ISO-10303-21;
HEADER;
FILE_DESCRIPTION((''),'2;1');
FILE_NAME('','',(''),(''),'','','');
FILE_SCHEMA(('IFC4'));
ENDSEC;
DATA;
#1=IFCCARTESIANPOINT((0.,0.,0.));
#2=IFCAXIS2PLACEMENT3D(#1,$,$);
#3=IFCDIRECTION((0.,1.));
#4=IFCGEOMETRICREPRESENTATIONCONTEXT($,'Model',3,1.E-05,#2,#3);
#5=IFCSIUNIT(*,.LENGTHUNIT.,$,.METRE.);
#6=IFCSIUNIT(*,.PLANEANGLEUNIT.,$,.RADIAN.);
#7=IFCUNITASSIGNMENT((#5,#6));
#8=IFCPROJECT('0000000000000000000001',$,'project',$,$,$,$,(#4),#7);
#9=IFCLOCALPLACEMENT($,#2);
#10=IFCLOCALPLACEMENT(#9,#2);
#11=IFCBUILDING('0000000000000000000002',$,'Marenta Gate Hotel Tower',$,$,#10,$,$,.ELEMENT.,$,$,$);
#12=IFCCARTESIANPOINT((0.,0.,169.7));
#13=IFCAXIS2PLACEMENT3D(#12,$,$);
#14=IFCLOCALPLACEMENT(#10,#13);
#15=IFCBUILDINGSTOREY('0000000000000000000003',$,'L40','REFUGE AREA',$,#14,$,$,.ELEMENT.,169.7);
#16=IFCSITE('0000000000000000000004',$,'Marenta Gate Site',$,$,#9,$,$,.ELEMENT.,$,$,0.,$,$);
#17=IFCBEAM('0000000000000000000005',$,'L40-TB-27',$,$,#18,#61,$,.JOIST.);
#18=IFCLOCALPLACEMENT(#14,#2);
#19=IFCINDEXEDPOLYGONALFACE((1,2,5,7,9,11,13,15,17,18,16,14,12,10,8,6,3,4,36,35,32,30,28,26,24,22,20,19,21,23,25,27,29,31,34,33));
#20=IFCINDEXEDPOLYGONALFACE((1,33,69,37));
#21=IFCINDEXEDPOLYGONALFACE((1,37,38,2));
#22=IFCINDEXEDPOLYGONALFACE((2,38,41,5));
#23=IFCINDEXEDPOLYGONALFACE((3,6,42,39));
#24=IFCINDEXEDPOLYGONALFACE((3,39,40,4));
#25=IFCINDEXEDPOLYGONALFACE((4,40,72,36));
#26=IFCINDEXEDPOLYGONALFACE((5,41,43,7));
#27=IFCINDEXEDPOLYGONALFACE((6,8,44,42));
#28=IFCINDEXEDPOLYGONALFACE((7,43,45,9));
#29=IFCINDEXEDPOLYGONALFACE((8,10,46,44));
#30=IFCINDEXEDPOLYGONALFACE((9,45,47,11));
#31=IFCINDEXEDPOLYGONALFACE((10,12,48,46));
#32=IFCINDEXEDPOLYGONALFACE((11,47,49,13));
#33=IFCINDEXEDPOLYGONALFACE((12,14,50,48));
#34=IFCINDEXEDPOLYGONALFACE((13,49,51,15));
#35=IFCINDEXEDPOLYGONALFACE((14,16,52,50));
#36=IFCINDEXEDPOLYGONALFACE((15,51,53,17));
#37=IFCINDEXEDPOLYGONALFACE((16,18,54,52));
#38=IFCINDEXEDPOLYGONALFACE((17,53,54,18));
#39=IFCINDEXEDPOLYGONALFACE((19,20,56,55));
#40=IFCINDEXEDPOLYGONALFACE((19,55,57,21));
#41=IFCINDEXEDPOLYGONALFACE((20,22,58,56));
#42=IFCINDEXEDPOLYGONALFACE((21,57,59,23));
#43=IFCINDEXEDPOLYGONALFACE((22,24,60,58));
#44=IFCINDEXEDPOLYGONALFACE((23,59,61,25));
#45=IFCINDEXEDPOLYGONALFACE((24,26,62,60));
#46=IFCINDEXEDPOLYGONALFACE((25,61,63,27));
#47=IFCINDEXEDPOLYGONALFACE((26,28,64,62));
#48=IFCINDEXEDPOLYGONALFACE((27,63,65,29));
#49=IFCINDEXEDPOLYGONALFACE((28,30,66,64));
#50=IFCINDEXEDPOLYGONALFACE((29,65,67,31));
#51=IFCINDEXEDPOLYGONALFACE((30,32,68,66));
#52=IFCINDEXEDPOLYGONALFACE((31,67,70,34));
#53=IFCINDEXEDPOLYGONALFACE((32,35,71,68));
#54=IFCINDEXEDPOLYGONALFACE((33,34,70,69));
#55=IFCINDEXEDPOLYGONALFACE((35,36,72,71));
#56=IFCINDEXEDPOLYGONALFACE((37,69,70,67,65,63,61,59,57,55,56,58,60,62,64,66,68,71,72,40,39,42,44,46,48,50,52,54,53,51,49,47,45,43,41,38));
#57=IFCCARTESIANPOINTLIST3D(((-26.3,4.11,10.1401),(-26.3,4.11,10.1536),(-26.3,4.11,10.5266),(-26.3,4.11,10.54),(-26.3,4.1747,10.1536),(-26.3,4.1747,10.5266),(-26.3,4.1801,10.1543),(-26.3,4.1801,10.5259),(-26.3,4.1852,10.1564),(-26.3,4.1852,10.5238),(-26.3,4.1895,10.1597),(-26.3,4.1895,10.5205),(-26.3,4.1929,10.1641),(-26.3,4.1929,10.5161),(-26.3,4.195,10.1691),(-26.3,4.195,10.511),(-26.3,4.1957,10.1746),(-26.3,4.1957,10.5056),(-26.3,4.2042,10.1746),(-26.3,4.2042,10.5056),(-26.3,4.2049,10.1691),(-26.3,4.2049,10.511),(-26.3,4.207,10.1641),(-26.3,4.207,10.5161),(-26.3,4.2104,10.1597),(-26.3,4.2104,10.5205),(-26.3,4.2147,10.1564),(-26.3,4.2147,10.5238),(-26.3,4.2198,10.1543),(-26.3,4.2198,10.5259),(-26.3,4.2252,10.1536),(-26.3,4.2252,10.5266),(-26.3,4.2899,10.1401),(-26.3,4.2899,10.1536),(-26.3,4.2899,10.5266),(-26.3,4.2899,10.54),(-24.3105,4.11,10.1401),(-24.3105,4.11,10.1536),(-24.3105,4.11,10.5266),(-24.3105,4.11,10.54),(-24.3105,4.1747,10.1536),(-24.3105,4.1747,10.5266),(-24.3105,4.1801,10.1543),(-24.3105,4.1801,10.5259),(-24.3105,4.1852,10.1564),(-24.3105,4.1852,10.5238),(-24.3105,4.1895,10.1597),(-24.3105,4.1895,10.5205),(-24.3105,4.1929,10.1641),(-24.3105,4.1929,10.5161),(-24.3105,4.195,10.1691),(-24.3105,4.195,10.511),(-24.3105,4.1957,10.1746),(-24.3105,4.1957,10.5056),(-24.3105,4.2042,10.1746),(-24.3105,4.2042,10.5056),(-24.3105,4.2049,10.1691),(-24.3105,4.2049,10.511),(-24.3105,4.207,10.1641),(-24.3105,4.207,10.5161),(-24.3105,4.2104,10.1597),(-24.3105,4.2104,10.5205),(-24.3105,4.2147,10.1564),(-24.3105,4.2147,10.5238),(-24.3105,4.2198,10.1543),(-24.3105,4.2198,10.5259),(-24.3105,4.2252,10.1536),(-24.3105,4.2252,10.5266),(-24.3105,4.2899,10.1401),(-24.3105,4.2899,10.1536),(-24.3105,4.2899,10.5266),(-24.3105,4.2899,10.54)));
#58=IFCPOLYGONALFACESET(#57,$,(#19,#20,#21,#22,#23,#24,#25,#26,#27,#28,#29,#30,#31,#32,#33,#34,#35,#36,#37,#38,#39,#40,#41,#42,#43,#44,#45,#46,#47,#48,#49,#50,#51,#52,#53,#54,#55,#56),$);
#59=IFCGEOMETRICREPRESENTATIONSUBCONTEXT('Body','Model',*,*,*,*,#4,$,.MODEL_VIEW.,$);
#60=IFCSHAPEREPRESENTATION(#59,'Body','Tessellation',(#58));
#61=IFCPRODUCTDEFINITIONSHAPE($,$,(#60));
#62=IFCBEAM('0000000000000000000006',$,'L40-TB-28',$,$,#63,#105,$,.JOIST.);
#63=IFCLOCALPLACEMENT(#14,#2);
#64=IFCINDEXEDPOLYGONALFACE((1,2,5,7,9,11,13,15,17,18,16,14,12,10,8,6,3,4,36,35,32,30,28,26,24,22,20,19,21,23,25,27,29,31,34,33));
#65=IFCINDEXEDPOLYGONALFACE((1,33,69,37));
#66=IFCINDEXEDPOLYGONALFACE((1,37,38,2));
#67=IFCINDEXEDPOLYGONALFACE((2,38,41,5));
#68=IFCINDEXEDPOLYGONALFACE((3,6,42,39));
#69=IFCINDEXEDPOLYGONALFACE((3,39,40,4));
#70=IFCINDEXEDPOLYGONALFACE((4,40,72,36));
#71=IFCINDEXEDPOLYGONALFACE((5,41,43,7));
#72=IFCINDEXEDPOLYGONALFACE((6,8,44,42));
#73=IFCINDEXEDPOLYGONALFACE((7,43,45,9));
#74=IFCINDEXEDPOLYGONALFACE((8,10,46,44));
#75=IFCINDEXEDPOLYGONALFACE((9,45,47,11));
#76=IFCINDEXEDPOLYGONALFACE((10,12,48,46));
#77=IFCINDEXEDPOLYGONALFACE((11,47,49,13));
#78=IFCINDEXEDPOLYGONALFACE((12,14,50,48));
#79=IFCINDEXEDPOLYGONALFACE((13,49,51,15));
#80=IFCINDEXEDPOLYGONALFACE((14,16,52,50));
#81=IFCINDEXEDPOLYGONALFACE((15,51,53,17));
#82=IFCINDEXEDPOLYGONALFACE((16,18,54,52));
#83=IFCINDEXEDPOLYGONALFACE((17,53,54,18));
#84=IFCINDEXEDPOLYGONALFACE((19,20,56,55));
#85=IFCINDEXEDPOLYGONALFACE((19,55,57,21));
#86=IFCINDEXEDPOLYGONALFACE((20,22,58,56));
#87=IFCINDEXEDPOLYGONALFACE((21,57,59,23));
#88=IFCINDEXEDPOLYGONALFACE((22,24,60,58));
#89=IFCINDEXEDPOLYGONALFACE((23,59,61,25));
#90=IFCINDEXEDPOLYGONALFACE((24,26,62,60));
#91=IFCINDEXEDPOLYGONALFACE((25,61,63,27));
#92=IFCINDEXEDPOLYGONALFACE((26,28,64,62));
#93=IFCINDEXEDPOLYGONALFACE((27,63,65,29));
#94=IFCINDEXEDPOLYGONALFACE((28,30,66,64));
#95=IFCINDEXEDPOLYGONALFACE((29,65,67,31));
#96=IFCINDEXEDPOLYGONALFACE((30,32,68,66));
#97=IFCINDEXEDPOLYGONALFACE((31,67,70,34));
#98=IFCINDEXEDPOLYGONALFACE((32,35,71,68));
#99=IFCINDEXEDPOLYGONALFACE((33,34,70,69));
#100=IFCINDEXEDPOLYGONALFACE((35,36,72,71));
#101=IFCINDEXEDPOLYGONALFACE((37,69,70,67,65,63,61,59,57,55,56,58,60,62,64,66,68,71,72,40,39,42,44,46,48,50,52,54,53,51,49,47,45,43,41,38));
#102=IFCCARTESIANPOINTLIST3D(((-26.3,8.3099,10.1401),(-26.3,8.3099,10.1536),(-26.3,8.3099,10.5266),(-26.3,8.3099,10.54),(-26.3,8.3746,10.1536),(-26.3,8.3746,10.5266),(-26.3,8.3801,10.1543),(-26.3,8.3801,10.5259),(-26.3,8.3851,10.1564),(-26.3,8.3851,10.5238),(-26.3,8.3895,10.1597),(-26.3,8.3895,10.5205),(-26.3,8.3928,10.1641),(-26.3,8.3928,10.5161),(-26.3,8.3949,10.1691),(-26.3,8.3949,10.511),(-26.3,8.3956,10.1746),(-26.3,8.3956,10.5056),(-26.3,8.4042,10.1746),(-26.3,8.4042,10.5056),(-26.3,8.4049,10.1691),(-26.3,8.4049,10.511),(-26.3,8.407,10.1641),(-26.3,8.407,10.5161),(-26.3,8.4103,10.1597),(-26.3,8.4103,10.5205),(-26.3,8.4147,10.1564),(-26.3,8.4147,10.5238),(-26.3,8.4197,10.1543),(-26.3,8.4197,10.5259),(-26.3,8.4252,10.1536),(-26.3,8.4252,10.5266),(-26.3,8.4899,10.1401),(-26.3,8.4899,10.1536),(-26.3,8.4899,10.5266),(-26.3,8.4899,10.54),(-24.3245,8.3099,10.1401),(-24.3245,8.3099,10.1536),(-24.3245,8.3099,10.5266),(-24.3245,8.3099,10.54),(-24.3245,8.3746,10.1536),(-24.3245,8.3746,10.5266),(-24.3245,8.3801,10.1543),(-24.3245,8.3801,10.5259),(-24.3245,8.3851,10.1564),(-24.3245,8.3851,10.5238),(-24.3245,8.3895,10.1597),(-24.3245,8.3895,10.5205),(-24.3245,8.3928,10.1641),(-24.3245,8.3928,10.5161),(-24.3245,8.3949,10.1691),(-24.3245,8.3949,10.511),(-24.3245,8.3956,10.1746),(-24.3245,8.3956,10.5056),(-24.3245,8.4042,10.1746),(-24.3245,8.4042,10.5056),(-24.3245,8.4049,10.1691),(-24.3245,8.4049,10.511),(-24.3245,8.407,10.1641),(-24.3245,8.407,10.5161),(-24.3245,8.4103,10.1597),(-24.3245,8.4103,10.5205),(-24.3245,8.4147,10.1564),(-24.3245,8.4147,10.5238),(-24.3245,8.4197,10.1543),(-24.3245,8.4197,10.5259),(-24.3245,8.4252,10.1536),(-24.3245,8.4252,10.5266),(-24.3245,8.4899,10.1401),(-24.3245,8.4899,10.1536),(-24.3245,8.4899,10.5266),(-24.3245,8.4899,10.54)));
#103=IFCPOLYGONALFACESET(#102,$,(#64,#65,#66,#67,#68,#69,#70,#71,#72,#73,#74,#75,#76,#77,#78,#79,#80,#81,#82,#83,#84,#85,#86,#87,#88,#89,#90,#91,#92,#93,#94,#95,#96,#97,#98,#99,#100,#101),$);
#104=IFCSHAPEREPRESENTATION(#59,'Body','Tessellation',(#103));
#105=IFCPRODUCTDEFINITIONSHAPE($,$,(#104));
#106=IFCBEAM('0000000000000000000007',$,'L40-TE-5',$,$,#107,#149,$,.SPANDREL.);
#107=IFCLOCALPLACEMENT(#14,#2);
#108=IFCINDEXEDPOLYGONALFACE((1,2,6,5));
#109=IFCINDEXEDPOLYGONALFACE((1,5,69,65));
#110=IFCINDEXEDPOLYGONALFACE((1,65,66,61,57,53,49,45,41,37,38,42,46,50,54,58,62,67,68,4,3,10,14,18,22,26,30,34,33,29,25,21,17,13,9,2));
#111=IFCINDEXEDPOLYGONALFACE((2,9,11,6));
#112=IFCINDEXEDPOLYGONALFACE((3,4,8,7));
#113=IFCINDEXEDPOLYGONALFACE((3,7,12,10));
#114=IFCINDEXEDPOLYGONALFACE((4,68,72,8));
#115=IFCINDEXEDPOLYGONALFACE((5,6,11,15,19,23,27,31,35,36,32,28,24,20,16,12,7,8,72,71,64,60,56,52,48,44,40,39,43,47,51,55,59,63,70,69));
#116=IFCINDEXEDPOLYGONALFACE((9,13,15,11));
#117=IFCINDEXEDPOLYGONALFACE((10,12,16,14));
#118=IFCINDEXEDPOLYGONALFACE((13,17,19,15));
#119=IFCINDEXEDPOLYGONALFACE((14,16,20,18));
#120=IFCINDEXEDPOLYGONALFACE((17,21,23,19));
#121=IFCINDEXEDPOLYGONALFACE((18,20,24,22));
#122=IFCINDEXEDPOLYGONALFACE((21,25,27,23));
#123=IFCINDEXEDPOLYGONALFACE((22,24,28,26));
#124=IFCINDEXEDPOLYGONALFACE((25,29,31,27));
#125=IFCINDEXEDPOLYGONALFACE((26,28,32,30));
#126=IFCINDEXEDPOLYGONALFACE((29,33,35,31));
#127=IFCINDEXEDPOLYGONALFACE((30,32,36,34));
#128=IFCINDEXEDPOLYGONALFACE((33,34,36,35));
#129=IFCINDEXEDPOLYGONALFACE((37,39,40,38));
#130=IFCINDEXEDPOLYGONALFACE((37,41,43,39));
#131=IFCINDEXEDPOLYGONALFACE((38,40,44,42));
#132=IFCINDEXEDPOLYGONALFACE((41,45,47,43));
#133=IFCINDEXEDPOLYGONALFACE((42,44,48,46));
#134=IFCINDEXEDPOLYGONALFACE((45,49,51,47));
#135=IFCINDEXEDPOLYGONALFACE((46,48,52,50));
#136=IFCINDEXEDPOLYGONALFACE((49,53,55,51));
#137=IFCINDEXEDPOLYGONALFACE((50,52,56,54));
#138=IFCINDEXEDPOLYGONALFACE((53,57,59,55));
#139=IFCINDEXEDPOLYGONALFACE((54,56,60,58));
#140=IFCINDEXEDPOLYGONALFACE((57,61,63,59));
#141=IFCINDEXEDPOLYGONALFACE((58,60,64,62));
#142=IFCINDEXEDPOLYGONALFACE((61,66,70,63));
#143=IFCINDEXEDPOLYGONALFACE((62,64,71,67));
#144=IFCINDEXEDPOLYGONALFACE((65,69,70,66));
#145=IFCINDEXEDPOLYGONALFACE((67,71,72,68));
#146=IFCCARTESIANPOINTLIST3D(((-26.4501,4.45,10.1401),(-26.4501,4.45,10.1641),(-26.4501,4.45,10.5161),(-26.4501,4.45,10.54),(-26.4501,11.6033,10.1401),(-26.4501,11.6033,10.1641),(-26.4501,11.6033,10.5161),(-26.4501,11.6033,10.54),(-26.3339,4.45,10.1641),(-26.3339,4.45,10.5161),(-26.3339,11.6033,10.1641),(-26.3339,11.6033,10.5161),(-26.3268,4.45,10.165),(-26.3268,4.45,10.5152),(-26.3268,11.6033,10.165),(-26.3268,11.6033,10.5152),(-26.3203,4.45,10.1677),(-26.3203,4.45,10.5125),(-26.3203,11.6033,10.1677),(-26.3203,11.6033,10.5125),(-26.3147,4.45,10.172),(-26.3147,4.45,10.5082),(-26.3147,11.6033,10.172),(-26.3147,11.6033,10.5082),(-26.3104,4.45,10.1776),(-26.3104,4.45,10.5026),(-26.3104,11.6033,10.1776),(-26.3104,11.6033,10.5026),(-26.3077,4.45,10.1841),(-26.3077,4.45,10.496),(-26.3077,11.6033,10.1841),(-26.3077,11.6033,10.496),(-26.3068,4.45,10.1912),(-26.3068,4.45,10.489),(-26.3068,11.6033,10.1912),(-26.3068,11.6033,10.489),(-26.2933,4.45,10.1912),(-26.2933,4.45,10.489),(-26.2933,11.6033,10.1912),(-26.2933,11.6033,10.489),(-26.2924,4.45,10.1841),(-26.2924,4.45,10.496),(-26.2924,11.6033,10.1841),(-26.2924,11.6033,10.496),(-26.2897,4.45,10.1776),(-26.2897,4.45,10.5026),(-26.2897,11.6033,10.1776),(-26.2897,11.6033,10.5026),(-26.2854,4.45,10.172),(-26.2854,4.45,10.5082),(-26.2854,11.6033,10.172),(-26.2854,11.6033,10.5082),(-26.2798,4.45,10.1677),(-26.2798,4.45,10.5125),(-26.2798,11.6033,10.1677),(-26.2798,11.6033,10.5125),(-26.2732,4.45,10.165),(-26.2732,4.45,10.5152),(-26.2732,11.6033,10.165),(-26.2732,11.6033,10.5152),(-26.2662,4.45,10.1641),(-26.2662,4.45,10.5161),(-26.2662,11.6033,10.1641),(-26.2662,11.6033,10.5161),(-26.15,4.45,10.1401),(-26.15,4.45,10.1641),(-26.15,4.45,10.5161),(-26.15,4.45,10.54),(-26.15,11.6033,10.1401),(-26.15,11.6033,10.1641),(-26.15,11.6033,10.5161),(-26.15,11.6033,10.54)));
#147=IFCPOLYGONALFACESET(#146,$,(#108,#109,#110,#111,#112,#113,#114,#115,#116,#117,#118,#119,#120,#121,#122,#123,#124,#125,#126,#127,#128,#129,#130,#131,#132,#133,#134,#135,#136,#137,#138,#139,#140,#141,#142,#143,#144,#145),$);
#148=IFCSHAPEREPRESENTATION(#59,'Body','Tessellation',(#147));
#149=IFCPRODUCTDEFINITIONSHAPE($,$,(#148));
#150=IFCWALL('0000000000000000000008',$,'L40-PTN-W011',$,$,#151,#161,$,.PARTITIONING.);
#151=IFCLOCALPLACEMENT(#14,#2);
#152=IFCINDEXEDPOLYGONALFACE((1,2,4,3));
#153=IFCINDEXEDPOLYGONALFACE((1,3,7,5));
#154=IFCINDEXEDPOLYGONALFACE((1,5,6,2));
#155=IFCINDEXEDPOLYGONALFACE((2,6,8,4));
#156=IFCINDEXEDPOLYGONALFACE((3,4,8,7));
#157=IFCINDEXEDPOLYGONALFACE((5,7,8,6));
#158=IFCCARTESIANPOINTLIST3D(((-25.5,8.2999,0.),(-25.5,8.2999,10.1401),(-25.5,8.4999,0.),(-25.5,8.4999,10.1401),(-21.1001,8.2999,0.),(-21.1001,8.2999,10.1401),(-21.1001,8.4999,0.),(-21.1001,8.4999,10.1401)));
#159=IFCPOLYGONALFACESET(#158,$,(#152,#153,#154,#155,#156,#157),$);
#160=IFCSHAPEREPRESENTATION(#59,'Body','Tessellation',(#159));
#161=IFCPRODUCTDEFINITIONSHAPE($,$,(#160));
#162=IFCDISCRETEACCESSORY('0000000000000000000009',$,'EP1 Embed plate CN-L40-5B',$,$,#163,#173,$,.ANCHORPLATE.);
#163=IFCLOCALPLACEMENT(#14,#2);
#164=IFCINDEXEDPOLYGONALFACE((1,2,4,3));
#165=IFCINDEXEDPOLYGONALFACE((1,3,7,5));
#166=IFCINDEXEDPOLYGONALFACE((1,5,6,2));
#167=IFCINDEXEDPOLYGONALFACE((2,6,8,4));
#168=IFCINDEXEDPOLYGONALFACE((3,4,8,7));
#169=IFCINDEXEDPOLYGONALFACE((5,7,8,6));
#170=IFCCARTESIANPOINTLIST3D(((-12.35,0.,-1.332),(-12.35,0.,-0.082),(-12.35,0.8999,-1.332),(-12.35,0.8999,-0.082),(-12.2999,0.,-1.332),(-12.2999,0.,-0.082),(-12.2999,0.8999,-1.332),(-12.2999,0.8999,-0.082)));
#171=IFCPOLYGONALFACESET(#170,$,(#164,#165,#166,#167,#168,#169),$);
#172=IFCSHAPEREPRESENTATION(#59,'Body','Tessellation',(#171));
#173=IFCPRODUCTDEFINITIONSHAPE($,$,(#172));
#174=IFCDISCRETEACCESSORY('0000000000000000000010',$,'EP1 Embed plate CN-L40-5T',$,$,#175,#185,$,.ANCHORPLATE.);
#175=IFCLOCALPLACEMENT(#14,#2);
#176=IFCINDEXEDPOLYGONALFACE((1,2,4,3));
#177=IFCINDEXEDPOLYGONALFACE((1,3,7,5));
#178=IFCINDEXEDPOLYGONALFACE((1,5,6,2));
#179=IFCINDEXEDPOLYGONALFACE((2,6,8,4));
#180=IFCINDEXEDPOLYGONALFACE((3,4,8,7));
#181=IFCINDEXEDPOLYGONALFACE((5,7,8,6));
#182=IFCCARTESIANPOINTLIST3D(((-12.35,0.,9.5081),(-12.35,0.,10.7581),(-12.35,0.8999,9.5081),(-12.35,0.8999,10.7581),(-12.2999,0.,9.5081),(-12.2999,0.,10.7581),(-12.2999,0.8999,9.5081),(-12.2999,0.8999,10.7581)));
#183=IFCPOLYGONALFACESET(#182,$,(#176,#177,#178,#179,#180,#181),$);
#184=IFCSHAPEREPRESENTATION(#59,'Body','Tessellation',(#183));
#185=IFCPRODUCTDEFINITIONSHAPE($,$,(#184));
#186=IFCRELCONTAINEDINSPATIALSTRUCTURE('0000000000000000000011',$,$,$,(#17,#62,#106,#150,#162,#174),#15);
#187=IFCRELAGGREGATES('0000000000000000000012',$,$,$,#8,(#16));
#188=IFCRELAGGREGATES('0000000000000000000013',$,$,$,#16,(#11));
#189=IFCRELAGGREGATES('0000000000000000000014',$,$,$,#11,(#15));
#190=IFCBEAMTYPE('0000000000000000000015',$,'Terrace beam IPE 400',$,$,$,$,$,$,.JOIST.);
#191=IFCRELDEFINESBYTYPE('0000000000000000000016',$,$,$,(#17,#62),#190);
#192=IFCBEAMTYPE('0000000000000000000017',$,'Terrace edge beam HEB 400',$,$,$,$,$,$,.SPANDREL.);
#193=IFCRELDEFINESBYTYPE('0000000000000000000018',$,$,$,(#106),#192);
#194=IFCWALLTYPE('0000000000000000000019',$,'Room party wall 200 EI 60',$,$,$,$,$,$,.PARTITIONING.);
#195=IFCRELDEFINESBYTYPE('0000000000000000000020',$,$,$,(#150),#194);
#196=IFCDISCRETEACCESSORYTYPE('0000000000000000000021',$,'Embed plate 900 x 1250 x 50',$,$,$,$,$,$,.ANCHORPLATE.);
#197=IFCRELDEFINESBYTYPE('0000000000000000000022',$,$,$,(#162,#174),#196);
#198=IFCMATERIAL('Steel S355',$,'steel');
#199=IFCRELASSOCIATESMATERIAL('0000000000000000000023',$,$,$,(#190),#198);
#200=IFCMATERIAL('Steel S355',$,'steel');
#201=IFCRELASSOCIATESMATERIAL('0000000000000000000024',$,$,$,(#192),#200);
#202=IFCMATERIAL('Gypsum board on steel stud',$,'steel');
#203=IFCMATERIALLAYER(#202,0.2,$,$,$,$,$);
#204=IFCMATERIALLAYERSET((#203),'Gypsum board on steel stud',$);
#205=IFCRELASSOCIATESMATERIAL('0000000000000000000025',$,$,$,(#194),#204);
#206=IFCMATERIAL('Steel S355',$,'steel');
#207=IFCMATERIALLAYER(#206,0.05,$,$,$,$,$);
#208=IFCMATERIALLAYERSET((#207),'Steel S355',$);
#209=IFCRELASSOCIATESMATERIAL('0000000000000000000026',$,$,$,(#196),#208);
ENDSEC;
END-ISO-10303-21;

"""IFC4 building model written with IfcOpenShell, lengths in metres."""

from ifc_helpers import new_model, si_unit, direction, frame, frame_2d, origin, origin_2d, place, context, subcontext, project, spatial, rectangle, i_section, extrude, material, layer, layer_set, material_profile, profile_set, type_object, element, save


model = new_model("IFC4")

# Units and contexts
model_context = context("Model", 3, precision=1e-05, world=origin(), true_north=direction((0.0, 1.0)))
body_context = subcontext(model_context, "Body", "Model", "MODEL_VIEW")
ifc_project = project(units=[si_unit("LENGTHUNIT", "METRE"), si_unit("PLANEANGLEUNIT", "RADIAN")], contexts=[model_context])

# Site, building, storey
site_placement = place(None, origin())
site = spatial("IfcSite", under=ifc_project, at=site_placement, Name="Marenta Gate Site", CompositionType="ELEMENT", RefElevation=0.0)
building_placement = place(site_placement, origin())
building = spatial("IfcBuilding", under=site, at=building_placement, Name="Marenta Gate Hotel Tower", CompositionType="ELEMENT")
storey_placement = place(building_placement, frame((0.0, 0.0, 169.7)))
storey = spatial("IfcBuildingStorey", under=building, at=storey_placement, Name="L40", Description="REFUGE AREA", CompositionType="ELEMENT", Elevation=169.7)

# Beams
ifc_material_1 = material(Name="Steel S355", Category="steel")
ifc_material_profile_1 = material_profile(ifc_material_1, i_section(OverallWidth=0.1799, OverallDepth=0.3999, WebThickness=0.0085, FlangeThickness=0.0134, FilletRadius=0.021, at=origin_2d()), Name="IPE 400")
ifc_profile_set_1 = profile_set([ifc_material_profile_1], Name="Steel S355")
beam_type_1 = type_object("IfcBeamType", Name="Terrace beam IPE 400", PredefinedType="JOIST", material=ifc_profile_set_1)
beam_1_placement = place(storey_placement, frame((-26.3, 4.2, 10.3401), z_axis=(1.0, 0.0, 0.0), x_axis=(0.0, 1.0, 0.0)))
element("IfcBeam", 1, at=beam_1_placement, inside=storey, type_object=beam_type_1, Name="L40-TB-27", PredefinedType="JOIST", context=body_context, shape_type="SweptSolid", body=[
    extrude(i_section(OverallWidth=0.1799, OverallDepth=0.3999, WebThickness=0.0085, FlangeThickness=0.0134, FilletRadius=0.021, at=origin_2d()), origin(), (0.0, 0.0, 1.0), 1.9895),
])
beam_2_placement = place(storey_placement, frame((-26.3, 8.3999, 10.3401), z_axis=(1.0, 0.0, 0.0), x_axis=(0.0, 1.0, 0.0)))
element("IfcBeam", 2, at=beam_2_placement, inside=storey, type_object=beam_type_1, Name="L40-TB-28", PredefinedType="JOIST", context=body_context, shape_type="SweptSolid", body=[
    extrude(i_section(OverallWidth=0.1799, OverallDepth=0.3999, WebThickness=0.0085, FlangeThickness=0.0134, FilletRadius=0.021, at=origin_2d()), origin(), (0.0, 0.0, 1.0), 1.9756),
])
ifc_material_2 = material(Name="Steel S355", Category="steel")
ifc_material_profile_2 = material_profile(ifc_material_2, i_section(OverallWidth=0.3, OverallDepth=0.3999, WebThickness=0.0134, FlangeThickness=0.0239, FilletRadius=0.0271, at=origin_2d()), Name="HEB 400")
ifc_profile_set_2 = profile_set([ifc_material_profile_2], Name="Steel S355")
beam_type_2 = type_object("IfcBeamType", Name="Terrace edge beam HEB 400", PredefinedType="SPANDREL", material=ifc_profile_set_2)
beam_3_placement = place(storey_placement, frame((-26.3, 4.45, 10.3401), z_axis=(0.0, 1.0, 0.0), x_axis=(-1.0, 0.0, 0.0)))
element("IfcBeam", 3, at=beam_3_placement, inside=storey, type_object=beam_type_2, Name="L40-TE-5", PredefinedType="SPANDREL", context=body_context, shape_type="SweptSolid", body=[
    extrude(i_section(OverallWidth=0.3, OverallDepth=0.3999, WebThickness=0.0134, FlangeThickness=0.0239, FilletRadius=0.0271, at=origin_2d()), origin(), (0.0, 0.0, 1.0), 7.1533),
])

# Wall
ifc_material_3 = material(Name="Gypsum board on steel stud", Category="steel")
ifc_layer_1 = layer(ifc_material_3, 0.2)
ifc_layer_set_1 = layer_set([ifc_layer_1], Name="Gypsum board on steel stud")
wall_type_1 = type_object("IfcWallType", Name="Room party wall 200 EI 60", PredefinedType="PARTITIONING", material=ifc_layer_set_1)
wall_1_placement = place(storey_placement, frame((-25.5, 8.3999, 0.0), z_axis=(0.0, 0.0, 1.0), x_axis=(1.0, 0.0, 0.0)))
element("IfcWall", 4, at=wall_1_placement, inside=storey, type_object=wall_type_1, Name="L40-PTN-W011", PredefinedType="PARTITIONING", context=body_context, shape_type="SweptSolid", body=[
    extrude(rectangle(XDim=4.3999, YDim=0.2, at=frame_2d((2.2, 0.0))), origin(), (0.0, 0.0, 1.0), 10.1401),
])

# Discrete accessories
ifc_material_4 = material(Name="Steel S355", Category="steel")
ifc_layer_2 = layer(ifc_material_4, 0.05)
ifc_layer_set_2 = layer_set([ifc_layer_2], Name="Steel S355")
discrete_accessory_type_1 = type_object("IfcDiscreteAccessoryType", Name="Embed plate 900 x 1250 x 50", PredefinedType="ANCHORPLATE", material=ifc_layer_set_2)
for number, where, z_axis, x_axis, name in (
    (5, (-12.325, 0.45, -1.332), (0.0, 0.0, 1.0), (1.0, 0.0, 0.0), "EP1 Embed plate CN-L40-5B"),
    (6, (-12.325, 0.45, 9.5081), (0.0, 0.0, 1.0), (1.0, 0.0, 0.0), "EP1 Embed plate CN-L40-5T"),
):
    element("IfcDiscreteAccessory", number, at=place(storey_placement, frame(where, z_axis=z_axis, x_axis=x_axis)), inside=storey, type_object=discrete_accessory_type_1, Name=name, PredefinedType="ANCHORPLATE", context=body_context, shape_type="SweptSolid", body=[
        extrude(rectangle(XDim=0.05, YDim=0.8999, at=origin_2d()), origin(), (0.0, 0.0, 1.0), 1.25),
    ])

save(model, "model.ifc")
